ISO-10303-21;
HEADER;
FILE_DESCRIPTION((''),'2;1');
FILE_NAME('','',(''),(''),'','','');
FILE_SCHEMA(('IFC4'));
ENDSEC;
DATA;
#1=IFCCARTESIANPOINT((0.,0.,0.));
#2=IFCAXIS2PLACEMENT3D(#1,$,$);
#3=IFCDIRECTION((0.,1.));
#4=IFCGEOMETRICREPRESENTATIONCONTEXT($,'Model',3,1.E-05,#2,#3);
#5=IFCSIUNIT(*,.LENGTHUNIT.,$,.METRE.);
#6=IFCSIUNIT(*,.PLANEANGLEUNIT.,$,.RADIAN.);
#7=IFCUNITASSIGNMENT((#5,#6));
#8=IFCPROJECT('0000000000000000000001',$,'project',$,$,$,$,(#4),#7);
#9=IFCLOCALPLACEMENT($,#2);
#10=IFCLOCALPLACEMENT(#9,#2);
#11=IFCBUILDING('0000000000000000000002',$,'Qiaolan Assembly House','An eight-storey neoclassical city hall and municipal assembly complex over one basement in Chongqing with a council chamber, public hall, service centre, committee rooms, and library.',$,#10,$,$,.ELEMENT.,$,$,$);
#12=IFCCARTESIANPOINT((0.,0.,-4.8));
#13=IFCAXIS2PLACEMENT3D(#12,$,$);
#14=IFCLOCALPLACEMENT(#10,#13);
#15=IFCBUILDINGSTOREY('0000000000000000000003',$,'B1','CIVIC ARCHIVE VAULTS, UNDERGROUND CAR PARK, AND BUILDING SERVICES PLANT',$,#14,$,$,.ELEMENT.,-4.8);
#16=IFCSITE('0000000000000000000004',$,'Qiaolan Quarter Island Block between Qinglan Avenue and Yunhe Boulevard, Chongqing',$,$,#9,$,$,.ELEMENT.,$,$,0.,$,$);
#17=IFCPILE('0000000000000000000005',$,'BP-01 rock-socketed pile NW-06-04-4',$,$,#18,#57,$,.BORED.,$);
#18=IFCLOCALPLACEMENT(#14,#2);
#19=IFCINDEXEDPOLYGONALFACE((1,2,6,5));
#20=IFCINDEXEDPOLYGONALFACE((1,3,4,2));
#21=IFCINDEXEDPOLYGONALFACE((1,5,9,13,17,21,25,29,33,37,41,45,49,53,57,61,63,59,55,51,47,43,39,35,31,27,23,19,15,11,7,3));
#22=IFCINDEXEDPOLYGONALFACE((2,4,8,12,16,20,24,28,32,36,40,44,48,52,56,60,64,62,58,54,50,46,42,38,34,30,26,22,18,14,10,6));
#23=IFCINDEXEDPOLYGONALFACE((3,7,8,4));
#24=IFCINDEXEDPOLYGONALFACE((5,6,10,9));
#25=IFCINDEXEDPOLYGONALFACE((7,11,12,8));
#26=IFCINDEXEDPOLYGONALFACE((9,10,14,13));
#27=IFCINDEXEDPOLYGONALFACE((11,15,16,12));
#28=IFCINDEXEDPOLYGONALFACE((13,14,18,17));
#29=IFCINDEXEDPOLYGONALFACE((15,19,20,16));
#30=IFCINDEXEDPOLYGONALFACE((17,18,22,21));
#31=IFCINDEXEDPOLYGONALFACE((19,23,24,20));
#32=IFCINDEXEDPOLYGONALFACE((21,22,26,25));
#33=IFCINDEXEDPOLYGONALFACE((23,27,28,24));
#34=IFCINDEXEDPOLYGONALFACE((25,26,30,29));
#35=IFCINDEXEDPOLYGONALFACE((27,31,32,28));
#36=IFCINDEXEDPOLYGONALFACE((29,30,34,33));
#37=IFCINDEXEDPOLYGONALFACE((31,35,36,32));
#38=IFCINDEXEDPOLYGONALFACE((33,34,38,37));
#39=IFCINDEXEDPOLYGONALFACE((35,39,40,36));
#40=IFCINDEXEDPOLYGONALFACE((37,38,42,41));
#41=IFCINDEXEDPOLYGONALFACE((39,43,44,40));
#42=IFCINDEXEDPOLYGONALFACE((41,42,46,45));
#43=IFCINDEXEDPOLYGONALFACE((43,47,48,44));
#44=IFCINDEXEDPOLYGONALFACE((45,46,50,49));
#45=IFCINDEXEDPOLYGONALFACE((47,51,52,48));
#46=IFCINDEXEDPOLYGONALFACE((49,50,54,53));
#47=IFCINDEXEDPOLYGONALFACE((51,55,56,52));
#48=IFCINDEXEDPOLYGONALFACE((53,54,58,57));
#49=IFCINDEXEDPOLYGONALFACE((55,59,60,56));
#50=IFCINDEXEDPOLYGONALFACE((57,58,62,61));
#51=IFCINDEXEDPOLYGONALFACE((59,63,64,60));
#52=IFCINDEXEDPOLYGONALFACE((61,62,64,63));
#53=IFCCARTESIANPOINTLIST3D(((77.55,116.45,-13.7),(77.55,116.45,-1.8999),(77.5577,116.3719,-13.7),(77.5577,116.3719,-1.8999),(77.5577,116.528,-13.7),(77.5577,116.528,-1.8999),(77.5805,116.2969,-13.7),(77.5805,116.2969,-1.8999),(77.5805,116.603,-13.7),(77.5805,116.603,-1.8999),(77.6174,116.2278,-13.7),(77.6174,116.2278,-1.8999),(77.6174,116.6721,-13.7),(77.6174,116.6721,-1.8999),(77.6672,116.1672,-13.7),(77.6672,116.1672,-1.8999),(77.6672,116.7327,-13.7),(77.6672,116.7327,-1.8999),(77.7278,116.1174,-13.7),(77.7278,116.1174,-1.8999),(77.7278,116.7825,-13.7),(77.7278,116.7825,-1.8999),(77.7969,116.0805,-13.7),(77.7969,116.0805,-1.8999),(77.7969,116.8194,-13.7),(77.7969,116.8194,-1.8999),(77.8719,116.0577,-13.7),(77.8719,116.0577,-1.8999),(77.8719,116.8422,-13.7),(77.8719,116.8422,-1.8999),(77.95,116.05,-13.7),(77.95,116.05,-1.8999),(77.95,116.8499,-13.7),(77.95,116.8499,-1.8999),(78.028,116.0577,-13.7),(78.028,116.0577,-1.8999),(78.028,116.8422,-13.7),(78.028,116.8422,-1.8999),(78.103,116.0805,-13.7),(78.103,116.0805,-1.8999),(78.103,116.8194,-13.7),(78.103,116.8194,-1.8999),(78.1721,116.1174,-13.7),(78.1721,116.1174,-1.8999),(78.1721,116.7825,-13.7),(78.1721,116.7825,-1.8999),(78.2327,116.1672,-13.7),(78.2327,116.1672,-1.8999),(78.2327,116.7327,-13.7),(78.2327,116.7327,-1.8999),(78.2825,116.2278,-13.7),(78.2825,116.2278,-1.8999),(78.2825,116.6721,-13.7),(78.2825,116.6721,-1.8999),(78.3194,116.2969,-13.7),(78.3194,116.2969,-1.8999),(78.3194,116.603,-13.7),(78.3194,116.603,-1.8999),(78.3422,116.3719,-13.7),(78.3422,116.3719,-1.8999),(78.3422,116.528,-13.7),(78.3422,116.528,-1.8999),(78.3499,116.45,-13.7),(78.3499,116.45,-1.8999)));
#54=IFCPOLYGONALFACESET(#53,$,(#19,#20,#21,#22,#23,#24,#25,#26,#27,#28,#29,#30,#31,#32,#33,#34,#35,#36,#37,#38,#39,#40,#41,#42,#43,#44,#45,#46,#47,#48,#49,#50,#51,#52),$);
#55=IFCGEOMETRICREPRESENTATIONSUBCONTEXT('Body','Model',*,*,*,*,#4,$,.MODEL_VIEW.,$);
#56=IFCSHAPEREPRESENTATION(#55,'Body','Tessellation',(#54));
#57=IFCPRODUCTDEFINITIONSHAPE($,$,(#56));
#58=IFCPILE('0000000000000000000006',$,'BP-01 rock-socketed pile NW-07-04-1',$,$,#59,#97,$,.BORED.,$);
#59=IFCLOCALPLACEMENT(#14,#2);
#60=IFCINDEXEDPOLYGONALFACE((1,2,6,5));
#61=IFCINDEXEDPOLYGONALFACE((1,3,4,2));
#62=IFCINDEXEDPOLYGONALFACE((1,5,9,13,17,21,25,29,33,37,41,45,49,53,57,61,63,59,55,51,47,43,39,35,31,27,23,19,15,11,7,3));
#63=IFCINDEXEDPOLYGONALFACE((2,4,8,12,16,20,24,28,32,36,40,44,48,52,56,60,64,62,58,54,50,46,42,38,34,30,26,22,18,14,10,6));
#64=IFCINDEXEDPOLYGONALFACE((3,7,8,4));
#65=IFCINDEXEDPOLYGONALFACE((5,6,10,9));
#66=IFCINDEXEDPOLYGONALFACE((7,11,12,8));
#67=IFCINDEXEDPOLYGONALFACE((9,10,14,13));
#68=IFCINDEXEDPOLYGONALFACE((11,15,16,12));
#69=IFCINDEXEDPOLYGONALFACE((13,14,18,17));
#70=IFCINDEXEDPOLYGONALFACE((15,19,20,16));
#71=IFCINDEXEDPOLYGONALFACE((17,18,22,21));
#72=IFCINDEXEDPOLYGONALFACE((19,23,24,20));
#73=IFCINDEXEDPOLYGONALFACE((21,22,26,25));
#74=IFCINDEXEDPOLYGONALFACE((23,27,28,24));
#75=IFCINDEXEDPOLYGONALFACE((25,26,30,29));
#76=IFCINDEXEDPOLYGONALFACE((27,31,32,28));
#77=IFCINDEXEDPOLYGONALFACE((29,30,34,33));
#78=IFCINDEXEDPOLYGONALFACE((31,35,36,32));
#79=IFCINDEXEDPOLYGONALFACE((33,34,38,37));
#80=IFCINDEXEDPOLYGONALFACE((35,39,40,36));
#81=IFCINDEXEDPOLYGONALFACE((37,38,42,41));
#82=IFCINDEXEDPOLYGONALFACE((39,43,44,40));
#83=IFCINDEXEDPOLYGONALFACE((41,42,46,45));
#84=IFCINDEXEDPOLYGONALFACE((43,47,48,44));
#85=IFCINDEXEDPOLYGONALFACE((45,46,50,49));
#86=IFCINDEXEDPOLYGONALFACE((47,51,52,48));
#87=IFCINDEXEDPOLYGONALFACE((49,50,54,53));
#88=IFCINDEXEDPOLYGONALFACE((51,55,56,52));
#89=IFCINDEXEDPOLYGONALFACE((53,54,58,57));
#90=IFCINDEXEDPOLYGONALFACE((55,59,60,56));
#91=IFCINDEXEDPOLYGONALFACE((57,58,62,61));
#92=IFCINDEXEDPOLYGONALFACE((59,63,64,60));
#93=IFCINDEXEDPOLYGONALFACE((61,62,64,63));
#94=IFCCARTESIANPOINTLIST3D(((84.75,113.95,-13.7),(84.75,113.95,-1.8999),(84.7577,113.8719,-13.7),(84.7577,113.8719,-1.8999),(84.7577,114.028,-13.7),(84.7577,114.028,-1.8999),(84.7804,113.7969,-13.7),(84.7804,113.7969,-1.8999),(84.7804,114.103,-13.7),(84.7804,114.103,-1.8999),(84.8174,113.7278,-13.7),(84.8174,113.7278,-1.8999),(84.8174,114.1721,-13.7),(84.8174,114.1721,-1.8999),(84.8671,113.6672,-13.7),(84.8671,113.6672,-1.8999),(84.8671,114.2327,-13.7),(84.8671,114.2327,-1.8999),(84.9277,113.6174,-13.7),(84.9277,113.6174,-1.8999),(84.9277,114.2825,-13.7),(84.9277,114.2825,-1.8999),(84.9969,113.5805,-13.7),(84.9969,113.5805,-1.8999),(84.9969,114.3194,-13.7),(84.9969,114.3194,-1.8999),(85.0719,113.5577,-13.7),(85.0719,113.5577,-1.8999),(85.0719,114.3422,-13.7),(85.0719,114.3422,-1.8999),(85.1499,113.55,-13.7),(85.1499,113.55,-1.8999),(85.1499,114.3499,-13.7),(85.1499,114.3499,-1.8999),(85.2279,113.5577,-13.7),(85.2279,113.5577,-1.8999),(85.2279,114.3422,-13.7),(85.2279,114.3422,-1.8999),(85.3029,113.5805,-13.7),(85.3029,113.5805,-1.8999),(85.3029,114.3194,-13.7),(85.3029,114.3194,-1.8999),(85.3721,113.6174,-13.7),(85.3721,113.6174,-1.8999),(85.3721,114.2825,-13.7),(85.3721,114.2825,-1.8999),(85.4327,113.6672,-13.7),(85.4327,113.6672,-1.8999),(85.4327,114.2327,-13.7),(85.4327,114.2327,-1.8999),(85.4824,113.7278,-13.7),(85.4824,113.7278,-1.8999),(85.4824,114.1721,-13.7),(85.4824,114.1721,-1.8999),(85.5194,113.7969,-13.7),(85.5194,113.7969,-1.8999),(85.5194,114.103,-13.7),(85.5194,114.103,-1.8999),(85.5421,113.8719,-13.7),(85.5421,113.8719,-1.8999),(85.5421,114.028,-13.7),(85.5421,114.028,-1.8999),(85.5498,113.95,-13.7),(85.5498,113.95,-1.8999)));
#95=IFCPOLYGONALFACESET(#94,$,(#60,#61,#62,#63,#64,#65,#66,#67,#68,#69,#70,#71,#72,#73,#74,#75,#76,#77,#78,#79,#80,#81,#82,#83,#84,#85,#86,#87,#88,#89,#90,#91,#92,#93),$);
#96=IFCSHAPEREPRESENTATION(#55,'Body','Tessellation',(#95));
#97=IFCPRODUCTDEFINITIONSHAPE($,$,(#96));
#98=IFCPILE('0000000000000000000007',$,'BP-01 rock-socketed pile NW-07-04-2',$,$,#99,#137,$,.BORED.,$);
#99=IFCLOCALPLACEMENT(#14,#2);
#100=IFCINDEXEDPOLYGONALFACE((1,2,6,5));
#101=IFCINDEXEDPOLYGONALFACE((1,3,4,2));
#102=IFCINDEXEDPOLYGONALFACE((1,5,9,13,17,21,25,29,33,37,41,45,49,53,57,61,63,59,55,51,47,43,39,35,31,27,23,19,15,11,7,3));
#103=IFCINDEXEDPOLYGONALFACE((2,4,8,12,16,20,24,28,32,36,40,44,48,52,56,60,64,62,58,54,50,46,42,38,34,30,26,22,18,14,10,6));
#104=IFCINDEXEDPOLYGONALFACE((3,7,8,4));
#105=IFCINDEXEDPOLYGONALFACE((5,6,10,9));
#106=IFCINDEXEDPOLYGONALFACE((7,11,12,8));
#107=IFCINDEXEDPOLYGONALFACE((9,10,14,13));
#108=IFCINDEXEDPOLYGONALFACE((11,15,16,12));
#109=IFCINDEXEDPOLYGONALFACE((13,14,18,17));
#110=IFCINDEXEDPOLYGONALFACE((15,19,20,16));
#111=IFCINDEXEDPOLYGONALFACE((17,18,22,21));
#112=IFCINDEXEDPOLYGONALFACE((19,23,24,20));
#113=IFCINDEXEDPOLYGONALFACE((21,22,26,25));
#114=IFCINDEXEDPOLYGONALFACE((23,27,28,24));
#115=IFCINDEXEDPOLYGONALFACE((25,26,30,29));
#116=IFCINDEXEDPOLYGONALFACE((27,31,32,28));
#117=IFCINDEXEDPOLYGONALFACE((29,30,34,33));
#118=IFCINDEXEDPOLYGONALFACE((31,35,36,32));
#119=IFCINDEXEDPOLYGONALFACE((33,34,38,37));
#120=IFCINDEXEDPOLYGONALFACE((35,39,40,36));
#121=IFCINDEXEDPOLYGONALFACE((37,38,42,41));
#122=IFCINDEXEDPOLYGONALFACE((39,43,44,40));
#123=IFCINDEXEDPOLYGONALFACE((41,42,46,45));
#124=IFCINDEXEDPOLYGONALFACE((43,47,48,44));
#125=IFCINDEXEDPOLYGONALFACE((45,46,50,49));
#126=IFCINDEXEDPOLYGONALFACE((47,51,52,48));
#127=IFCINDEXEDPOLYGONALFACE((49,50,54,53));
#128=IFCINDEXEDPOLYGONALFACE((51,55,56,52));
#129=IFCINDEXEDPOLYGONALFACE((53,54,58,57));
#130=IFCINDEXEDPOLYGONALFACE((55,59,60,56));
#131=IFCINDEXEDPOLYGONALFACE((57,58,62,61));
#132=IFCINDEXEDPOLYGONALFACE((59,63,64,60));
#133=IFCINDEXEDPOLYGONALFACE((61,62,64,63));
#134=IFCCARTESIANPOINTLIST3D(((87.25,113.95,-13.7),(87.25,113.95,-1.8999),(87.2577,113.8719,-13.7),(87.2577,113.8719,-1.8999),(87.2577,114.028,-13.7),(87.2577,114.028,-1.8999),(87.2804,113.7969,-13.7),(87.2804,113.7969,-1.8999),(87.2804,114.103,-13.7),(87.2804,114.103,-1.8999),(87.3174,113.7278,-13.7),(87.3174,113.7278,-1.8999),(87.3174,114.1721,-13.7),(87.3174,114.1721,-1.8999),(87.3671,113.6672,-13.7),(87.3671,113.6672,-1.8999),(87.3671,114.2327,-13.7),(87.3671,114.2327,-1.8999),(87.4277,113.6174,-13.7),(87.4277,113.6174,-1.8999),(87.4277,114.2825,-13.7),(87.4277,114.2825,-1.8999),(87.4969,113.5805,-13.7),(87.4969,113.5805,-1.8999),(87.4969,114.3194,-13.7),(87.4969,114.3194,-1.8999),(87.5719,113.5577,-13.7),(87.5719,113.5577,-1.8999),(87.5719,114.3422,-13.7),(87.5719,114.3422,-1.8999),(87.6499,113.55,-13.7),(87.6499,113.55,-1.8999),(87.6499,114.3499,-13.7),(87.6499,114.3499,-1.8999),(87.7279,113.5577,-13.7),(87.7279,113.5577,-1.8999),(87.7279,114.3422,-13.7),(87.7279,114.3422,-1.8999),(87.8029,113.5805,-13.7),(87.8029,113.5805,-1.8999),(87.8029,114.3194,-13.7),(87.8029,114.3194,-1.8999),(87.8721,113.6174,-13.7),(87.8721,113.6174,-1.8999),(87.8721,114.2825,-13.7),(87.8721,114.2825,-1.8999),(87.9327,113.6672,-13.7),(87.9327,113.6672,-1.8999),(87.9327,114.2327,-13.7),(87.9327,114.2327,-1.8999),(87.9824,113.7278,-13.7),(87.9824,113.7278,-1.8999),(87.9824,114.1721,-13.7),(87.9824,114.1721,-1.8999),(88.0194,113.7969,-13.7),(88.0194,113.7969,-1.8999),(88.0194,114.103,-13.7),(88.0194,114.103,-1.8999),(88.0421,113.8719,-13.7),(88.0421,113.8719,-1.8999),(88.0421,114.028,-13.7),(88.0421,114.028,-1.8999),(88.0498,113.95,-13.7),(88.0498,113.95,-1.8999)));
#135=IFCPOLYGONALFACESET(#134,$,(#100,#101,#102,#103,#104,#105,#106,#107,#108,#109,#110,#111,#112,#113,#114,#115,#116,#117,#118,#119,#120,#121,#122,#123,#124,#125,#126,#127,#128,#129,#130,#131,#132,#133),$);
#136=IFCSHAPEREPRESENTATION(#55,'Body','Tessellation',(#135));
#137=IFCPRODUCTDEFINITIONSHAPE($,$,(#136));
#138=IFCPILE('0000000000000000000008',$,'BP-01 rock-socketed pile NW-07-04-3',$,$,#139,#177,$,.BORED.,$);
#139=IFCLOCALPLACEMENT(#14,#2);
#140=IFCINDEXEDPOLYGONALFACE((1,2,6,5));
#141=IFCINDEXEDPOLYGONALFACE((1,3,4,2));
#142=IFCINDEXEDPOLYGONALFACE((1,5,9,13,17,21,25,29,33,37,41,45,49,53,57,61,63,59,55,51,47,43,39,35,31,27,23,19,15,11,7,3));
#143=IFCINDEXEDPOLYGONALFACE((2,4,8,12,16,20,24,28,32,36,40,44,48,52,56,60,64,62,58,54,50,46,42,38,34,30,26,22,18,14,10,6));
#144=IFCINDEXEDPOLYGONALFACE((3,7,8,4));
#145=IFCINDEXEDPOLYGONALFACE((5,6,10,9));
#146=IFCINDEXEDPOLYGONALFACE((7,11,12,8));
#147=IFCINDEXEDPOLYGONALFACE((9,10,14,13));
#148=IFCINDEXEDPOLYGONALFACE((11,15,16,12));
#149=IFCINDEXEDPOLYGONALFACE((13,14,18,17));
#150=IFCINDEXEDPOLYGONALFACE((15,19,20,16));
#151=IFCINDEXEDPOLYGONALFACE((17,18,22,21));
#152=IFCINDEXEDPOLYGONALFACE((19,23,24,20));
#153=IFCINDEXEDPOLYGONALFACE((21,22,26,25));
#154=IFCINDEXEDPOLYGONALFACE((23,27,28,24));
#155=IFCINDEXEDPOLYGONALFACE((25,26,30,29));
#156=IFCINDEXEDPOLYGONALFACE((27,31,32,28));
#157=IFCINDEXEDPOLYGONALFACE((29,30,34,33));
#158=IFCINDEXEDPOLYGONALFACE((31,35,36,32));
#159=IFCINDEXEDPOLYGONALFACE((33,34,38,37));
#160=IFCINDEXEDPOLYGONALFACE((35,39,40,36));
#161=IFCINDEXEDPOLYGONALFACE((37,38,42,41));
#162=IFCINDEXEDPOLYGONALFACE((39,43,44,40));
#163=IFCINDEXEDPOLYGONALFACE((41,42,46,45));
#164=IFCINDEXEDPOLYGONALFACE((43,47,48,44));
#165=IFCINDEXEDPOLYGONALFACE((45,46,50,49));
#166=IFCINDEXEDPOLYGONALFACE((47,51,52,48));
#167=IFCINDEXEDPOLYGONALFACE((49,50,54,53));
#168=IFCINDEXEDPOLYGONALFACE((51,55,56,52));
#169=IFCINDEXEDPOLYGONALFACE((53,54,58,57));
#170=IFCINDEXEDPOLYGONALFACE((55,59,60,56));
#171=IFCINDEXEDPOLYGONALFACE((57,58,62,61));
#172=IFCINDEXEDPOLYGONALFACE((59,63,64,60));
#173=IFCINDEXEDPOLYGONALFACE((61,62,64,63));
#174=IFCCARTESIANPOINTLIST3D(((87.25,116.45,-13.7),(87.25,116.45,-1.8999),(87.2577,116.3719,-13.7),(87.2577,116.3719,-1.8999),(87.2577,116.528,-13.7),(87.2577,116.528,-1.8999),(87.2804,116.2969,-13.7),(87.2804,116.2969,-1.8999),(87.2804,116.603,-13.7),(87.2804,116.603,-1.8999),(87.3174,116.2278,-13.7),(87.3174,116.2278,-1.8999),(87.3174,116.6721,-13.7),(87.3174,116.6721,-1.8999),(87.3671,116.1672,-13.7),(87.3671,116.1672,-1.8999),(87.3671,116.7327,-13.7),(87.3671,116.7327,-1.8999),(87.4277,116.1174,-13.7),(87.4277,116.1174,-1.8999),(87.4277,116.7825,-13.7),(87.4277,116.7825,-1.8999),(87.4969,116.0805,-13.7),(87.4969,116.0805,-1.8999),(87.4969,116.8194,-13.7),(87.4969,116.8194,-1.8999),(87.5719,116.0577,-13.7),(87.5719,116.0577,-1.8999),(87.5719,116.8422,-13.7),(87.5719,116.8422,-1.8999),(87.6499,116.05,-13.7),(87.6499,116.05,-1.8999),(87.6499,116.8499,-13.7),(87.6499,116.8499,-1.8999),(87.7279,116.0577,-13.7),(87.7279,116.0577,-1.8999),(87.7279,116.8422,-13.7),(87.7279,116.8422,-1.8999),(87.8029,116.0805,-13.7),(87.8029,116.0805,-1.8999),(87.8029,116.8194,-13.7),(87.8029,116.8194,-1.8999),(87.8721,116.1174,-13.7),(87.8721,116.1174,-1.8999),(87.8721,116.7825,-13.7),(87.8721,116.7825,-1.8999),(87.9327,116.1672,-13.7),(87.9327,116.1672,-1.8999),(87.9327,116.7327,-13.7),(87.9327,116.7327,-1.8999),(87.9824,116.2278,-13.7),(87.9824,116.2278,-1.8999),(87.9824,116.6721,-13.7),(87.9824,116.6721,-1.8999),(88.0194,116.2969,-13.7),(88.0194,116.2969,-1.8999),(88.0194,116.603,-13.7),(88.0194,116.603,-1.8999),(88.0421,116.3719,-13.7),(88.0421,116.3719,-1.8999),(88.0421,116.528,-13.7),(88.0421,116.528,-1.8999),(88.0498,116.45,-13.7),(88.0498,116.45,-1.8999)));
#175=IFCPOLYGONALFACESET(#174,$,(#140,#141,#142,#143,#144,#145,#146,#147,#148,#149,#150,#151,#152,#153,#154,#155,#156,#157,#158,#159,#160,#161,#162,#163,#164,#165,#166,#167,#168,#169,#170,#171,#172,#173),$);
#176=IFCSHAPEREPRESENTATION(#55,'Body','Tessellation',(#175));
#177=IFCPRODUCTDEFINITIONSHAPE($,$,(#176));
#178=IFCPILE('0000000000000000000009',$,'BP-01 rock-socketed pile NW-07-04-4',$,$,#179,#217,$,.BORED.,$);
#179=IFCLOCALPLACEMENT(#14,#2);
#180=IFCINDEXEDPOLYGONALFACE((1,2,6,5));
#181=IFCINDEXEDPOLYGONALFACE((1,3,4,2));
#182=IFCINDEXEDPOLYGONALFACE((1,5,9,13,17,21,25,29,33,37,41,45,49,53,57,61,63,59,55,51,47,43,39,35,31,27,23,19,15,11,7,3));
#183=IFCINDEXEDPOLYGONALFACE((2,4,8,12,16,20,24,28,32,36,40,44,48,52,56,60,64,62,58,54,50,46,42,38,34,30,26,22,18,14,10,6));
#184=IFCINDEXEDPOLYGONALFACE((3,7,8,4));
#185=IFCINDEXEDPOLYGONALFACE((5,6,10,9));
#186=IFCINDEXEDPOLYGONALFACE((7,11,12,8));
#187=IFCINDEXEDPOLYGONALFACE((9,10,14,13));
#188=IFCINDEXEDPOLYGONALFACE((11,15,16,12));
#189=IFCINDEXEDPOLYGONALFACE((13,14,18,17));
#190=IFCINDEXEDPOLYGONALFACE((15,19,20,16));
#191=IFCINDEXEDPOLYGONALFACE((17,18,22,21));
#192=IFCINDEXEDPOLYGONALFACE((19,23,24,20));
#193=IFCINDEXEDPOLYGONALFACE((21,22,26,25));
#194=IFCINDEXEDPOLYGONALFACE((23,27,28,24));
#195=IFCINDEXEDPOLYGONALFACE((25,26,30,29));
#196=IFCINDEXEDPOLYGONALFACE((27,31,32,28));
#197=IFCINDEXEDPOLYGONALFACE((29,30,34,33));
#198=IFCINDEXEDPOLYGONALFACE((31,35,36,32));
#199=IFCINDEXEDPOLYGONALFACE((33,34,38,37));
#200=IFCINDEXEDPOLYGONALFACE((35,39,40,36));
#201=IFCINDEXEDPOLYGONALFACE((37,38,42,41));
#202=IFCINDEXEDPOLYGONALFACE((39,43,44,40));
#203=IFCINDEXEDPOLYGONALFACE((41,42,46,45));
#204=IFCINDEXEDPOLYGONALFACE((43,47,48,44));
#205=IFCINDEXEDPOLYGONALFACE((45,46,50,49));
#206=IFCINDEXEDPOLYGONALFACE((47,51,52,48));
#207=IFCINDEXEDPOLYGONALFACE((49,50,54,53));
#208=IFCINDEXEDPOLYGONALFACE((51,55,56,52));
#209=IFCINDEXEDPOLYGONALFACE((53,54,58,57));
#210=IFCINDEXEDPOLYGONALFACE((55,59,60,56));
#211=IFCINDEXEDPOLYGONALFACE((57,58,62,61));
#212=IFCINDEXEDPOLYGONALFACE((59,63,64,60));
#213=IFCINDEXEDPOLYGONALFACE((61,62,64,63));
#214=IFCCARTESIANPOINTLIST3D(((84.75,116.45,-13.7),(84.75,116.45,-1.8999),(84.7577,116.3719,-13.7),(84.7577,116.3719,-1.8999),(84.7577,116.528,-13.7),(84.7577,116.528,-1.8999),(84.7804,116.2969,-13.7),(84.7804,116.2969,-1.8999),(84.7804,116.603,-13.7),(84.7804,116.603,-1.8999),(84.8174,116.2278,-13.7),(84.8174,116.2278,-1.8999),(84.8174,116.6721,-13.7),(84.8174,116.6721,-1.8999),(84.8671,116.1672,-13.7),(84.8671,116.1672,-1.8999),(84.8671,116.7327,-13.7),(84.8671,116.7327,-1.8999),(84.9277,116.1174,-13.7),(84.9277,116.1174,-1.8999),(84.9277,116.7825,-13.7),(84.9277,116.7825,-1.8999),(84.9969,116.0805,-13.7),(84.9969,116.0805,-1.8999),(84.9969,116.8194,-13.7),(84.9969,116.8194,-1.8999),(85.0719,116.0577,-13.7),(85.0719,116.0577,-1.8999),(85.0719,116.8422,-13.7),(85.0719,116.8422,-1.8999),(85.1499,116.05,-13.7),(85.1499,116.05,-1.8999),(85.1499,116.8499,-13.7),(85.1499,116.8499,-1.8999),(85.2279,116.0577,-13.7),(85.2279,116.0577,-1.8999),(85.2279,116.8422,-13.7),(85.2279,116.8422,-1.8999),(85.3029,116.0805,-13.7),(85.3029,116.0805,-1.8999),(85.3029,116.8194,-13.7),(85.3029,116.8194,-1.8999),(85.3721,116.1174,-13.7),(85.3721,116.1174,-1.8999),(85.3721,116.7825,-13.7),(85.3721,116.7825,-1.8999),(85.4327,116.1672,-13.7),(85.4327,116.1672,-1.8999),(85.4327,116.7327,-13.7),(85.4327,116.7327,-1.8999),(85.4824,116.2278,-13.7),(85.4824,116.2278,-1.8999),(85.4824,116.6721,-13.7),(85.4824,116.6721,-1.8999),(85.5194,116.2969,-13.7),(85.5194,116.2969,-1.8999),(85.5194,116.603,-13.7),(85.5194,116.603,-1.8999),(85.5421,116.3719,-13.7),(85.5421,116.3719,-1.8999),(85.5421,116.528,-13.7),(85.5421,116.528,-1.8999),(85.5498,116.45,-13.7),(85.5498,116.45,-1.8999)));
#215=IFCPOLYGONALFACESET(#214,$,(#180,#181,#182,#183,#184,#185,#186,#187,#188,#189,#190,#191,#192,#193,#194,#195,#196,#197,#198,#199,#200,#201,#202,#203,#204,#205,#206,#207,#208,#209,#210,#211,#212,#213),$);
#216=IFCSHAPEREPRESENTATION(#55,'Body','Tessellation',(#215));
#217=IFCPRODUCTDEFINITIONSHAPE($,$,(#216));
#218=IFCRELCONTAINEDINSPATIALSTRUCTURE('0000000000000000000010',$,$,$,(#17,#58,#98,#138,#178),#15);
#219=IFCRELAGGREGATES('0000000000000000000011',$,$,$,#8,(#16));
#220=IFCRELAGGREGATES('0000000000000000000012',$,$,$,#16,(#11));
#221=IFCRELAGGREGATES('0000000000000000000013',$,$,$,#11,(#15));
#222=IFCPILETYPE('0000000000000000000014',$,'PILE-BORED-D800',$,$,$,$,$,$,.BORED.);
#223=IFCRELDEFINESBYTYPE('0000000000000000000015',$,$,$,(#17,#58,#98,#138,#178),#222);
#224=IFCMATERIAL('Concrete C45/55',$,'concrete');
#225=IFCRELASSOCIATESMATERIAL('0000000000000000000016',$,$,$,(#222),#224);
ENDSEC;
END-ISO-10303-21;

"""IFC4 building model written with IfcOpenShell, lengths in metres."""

from ifc_helpers import new_model, si_unit, direction, frame, origin, origin_2d, place, context, subcontext, project, spatial, circle, extrude, material, material_profile, profile_set, type_object, element, save


model = new_model("IFC4")

# Units and contexts
model_context = context("Model", 3, precision=1e-05, world=origin(), true_north=direction((0.0, 1.0)))
body_context = subcontext(model_context, "Body", "Model", "MODEL_VIEW")
ifc_project = project(units=[si_unit("LENGTHUNIT", "METRE"), si_unit("PLANEANGLEUNIT", "RADIAN")], contexts=[model_context])

# Site, building, storey
site_placement = place(None, origin())
site = spatial("IfcSite", under=ifc_project, at=site_placement, Name="Qiaolan Quarter Island Block between Qinglan Avenue and Yunhe Boulevard, Chongqing", CompositionType="ELEMENT", RefElevation=0.0)
building_placement = place(site_placement, origin())
building = spatial("IfcBuilding", under=site, at=building_placement, Name="Qiaolan Assembly House", Description="An eight-storey neoclassical city hall and municipal assembly complex over one basement in Chongqing with a council chamber, public hall, service centre, committee rooms, and library.", CompositionType="ELEMENT")
storey_placement = place(building_placement, frame((0.0, 0.0, -4.8)))
storey = spatial("IfcBuildingStorey", under=building, at=storey_placement, Name="B1", Description="CIVIC ARCHIVE VAULTS, UNDERGROUND CAR PARK, AND BUILDING SERVICES PLANT", CompositionType="ELEMENT", Elevation=-4.8)

# Piles
ifc_material_1 = material(Name="Concrete C45/55", Category="concrete")
ifc_material_profile_1 = material_profile(ifc_material_1, circle(Radius=0.3999, at=origin_2d()), Name="PILE D800")
ifc_profile_set_1 = profile_set([ifc_material_profile_1], Name="Concrete C45/55")
pile_type_1 = type_object("IfcPileType", Name="PILE-BORED-D800", PredefinedType="BORED", material=ifc_profile_set_1)
for number, where, z_axis, x_axis, name in (
    (1, (77.95, 116.45, -1.8999), (0.0, 0.0, -1.0), (1.0, 0.0, 0.0), "BP-01 rock-socketed pile NW-06-04-4"),
    (2, (85.1499, 113.95, -1.8999), (0.0, 0.0, -1.0), (1.0, 0.0, 0.0), "BP-01 rock-socketed pile NW-07-04-1"),
    (3, (87.6499, 113.95, -1.8999), (0.0, 0.0, -1.0), (1.0, 0.0, 0.0), "BP-01 rock-socketed pile NW-07-04-2"),
    (4, (87.6499, 116.45, -1.8999), (0.0, 0.0, -1.0), (1.0, 0.0, 0.0), "BP-01 rock-socketed pile NW-07-04-3"),
    (5, (85.1499, 116.45, -1.8999), (0.0, 0.0, -1.0), (1.0, 0.0, 0.0), "BP-01 rock-socketed pile NW-07-04-4"),
):
    element("IfcPile", number, at=place(storey_placement, frame(where, z_axis=z_axis, x_axis=x_axis)), inside=storey, type_object=pile_type_1, Name=name, PredefinedType="BORED", context=body_context, shape_type="SweptSolid", body=[
        extrude(circle(Radius=0.3999, at=origin_2d()), origin(), (0.0, 0.0, 1.0), 11.8),
    ])

save(model, "model.ifc")
